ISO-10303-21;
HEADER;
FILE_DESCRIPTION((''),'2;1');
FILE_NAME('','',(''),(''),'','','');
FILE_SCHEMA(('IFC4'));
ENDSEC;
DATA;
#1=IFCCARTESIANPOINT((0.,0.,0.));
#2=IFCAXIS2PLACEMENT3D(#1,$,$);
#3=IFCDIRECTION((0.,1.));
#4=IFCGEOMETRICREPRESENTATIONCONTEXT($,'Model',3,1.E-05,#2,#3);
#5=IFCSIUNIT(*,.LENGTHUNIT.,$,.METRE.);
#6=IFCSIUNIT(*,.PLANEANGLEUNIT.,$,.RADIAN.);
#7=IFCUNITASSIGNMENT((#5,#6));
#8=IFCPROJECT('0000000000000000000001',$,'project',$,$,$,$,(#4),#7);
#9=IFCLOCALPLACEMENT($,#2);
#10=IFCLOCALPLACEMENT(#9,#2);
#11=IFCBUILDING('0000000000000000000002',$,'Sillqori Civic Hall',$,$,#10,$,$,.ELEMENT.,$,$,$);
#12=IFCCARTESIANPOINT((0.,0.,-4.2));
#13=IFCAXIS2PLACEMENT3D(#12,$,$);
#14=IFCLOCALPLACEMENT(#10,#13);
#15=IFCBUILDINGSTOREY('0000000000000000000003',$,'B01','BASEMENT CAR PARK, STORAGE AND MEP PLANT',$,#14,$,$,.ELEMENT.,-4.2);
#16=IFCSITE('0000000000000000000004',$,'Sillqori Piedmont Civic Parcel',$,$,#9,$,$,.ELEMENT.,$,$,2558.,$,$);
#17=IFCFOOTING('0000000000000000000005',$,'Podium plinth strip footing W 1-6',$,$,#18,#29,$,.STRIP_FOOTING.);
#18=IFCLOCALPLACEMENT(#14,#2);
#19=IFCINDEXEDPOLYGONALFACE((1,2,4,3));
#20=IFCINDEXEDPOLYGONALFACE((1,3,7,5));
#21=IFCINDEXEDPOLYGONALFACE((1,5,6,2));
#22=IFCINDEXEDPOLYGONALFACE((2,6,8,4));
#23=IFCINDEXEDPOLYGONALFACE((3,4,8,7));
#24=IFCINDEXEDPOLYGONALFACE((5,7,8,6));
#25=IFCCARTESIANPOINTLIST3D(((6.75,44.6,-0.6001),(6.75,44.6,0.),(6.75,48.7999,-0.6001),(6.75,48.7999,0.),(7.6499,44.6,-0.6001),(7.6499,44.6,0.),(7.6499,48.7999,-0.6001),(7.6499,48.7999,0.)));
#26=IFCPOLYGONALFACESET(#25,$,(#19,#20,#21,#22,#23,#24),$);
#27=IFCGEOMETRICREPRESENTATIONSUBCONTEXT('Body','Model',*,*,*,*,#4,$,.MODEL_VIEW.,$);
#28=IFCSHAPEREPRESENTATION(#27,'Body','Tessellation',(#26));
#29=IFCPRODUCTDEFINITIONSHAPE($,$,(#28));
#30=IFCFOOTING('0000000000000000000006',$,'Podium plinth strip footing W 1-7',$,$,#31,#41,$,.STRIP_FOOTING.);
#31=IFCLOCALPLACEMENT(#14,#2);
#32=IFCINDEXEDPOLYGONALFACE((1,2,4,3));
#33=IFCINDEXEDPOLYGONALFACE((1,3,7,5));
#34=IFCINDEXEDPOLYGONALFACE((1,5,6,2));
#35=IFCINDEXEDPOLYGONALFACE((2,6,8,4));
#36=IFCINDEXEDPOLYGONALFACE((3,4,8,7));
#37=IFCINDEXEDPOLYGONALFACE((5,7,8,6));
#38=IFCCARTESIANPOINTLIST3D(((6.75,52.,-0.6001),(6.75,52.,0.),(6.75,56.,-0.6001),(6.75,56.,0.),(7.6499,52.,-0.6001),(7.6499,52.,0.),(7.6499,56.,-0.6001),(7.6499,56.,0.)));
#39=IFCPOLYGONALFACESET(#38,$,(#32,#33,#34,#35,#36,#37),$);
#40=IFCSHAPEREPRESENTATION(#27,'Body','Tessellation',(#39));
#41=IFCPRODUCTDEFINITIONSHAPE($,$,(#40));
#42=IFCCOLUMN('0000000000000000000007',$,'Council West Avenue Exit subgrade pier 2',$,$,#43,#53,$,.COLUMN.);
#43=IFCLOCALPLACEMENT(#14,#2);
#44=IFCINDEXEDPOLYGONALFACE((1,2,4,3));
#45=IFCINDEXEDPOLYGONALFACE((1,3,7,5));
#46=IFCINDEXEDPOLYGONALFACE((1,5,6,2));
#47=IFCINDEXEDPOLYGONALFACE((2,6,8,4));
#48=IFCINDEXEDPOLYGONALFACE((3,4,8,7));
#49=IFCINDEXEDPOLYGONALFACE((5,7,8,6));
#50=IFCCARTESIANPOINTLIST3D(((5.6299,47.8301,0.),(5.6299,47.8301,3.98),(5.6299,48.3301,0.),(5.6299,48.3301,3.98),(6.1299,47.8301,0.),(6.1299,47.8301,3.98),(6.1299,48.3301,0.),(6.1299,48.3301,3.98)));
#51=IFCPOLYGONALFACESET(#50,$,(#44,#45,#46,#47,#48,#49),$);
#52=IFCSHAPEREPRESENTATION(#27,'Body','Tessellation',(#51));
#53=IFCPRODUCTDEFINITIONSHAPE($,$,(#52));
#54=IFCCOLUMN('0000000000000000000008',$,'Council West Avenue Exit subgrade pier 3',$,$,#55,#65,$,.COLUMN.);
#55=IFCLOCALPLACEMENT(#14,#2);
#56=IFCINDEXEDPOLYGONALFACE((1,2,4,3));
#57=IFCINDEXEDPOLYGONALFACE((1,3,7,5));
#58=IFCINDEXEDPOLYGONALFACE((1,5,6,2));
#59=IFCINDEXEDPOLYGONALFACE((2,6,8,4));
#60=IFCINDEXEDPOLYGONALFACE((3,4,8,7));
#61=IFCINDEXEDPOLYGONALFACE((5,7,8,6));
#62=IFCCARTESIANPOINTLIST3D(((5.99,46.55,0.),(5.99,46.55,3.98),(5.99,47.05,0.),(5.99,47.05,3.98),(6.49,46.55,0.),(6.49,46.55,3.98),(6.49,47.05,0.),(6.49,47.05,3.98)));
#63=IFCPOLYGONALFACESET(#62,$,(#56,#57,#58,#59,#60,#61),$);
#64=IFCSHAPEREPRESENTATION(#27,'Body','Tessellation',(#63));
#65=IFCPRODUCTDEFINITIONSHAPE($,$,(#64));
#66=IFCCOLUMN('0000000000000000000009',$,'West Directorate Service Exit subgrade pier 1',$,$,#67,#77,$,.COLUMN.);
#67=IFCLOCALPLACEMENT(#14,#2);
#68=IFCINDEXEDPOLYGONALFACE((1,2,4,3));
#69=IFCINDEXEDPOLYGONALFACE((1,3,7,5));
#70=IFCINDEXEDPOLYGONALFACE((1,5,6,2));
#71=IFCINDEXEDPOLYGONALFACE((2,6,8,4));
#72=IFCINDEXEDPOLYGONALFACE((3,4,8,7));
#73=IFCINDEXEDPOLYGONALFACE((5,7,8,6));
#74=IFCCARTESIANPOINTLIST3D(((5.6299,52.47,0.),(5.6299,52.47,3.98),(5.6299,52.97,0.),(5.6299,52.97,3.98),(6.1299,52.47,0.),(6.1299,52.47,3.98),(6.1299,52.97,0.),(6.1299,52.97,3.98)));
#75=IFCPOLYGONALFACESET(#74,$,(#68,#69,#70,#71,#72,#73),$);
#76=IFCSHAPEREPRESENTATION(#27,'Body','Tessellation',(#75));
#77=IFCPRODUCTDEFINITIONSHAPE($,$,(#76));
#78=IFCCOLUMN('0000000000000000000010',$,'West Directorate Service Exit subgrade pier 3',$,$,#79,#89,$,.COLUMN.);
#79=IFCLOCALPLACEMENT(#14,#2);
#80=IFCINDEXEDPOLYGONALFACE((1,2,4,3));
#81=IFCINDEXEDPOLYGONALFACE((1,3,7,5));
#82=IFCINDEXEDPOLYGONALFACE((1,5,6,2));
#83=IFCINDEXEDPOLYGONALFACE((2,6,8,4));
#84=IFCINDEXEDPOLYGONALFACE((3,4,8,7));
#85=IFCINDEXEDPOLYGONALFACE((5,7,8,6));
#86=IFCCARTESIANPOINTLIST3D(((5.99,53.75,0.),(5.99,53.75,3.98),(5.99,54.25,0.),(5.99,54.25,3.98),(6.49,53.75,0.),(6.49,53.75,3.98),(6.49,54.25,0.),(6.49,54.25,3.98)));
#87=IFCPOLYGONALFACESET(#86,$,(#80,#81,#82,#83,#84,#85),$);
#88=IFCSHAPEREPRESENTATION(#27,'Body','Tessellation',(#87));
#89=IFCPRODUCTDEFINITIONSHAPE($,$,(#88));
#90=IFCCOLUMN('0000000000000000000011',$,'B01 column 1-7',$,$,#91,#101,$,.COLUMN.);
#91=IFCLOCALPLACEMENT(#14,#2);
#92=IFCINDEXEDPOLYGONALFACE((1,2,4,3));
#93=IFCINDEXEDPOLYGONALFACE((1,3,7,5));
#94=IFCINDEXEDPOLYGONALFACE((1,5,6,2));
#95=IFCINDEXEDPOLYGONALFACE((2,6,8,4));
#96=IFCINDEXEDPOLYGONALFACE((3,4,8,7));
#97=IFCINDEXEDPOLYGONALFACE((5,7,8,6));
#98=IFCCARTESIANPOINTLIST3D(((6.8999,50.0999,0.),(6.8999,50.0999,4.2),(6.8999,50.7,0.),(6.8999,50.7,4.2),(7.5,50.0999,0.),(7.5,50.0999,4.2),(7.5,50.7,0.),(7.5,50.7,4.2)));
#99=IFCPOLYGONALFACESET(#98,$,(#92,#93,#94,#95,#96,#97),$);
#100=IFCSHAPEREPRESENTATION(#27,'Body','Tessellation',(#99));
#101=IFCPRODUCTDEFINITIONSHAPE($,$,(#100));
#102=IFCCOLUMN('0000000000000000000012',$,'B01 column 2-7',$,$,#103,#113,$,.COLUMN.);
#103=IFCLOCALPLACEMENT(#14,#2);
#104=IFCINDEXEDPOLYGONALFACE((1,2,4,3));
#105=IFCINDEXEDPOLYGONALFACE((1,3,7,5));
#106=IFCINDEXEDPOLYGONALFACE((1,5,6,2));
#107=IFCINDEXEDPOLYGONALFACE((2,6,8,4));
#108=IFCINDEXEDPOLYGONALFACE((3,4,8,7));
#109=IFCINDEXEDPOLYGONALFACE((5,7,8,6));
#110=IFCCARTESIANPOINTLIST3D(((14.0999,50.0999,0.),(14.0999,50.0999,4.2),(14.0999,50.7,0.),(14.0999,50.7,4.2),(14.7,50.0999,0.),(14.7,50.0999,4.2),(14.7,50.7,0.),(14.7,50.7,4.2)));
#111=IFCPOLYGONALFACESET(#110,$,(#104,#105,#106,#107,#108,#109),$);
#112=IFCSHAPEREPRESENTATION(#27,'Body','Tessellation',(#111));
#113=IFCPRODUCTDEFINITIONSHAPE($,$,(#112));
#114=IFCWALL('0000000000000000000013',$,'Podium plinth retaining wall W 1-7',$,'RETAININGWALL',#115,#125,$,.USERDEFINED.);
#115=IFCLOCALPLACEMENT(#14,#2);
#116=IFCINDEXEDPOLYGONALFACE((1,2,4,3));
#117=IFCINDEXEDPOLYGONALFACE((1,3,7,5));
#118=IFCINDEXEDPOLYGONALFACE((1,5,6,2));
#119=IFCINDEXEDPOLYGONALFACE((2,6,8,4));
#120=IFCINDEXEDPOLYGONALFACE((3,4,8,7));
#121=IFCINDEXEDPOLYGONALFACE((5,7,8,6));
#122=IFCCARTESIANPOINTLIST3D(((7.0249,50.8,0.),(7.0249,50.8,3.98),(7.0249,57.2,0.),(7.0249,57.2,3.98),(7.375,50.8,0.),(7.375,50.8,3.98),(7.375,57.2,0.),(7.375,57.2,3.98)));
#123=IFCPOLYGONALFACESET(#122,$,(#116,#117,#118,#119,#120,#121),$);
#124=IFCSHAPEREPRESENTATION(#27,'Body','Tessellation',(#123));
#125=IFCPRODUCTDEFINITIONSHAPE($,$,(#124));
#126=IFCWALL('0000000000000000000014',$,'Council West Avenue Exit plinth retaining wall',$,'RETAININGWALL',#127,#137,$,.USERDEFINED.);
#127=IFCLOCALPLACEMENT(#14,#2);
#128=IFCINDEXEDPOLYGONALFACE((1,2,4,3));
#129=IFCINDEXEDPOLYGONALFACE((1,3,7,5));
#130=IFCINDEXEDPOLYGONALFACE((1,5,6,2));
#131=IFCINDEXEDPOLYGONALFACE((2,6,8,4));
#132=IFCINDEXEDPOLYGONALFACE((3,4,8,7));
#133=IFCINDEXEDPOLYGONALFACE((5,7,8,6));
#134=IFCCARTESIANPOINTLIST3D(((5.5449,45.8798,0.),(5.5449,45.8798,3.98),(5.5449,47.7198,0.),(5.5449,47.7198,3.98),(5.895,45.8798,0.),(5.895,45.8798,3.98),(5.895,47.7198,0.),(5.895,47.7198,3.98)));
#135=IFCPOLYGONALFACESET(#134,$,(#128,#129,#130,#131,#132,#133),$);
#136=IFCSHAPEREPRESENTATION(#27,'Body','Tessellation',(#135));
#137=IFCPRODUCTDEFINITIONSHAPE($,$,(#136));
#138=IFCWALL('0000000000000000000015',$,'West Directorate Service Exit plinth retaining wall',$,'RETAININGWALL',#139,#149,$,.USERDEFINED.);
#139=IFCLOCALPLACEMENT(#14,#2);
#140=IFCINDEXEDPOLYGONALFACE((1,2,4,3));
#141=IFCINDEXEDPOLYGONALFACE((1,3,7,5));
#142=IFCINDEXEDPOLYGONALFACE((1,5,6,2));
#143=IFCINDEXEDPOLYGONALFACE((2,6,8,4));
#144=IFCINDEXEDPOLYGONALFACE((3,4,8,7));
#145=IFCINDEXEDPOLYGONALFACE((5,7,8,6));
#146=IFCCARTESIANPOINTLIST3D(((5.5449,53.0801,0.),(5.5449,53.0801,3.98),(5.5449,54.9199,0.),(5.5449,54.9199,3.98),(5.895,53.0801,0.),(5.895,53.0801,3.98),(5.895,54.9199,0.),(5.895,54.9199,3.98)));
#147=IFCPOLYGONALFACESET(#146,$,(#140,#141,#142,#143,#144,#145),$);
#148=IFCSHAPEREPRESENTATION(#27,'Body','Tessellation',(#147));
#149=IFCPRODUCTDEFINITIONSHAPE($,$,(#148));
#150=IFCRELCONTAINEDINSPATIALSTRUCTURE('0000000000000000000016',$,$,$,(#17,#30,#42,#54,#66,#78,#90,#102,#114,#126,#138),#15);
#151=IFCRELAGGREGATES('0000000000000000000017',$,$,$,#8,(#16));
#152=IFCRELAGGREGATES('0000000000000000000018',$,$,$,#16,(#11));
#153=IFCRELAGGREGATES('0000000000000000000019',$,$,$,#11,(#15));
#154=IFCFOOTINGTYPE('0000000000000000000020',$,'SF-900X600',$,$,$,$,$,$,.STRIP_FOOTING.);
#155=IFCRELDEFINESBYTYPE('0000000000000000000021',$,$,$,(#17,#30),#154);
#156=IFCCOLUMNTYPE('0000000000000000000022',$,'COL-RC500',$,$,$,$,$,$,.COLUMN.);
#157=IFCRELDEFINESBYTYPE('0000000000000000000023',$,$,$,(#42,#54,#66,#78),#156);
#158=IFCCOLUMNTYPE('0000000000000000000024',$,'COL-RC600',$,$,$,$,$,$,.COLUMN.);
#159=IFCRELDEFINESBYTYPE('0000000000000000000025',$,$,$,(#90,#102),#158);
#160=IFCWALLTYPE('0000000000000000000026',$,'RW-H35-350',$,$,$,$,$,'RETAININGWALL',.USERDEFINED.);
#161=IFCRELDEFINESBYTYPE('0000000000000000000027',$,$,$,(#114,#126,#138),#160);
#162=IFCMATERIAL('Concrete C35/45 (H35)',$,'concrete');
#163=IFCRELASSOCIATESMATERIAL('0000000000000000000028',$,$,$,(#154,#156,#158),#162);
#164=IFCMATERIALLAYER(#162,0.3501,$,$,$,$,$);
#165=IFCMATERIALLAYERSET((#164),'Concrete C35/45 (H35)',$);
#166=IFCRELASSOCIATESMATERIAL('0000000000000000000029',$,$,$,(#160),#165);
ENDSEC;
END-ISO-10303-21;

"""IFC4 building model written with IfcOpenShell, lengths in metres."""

from ifc_helpers import new_model, si_unit, direction, frame, frame_2d, origin, origin_2d, place, context, subcontext, project, spatial, rectangle, extrude, material, layer, layer_set, material_profile, profile_set, type_object, element, save


model = new_model("IFC4")

# Units and contexts
model_context = context("Model", 3, precision=1e-05, world=origin(), true_north=direction((0.0, 1.0)))
body_context = subcontext(model_context, "Body", "Model", "MODEL_VIEW")
ifc_project = project(units=[si_unit("LENGTHUNIT", "METRE"), si_unit("PLANEANGLEUNIT", "RADIAN")], contexts=[model_context])

# Site, building, storey
site_placement = place(None, origin())
site = spatial("IfcSite", under=ifc_project, at=site_placement, Name="Sillqori Piedmont Civic Parcel", CompositionType="ELEMENT", RefElevation=2558.0)
building_placement = place(site_placement, origin())
building = spatial("IfcBuilding", under=site, at=building_placement, Name="Sillqori Civic Hall", CompositionType="ELEMENT")
storey_placement = place(building_placement, frame((0.0, 0.0, -4.2)))
storey = spatial("IfcBuildingStorey", under=building, at=storey_placement, Name="B01", Description="BASEMENT CAR PARK, STORAGE AND MEP PLANT", CompositionType="ELEMENT", Elevation=-4.2)

# Shared definitions
ifc_material = material(Name="Concrete C35/45 (H35)", Category="concrete")

# Footings
footing_type_1 = type_object("IfcFootingType", Name="SF-900X600", PredefinedType="STRIP_FOOTING", material=ifc_material)
footing_1_placement = place(storey_placement, frame((7.2, 46.7, -0.6001), z_axis=(0.0, 0.0, 1.0), x_axis=(1.0, 0.0, 0.0)))
element("IfcFooting", 1, at=footing_1_placement, inside=storey, type_object=footing_type_1, Name="Podium plinth strip footing W 1-6", PredefinedType="STRIP_FOOTING", context=body_context, shape_type="SweptSolid", body=[
    extrude(rectangle(XDim=0.8999, YDim=4.2, at=origin_2d()), origin(), (0.0, 0.0, 1.0), 0.6001),
])
footing_2_placement = place(storey_placement, frame((7.2, 54.0, -0.6001), z_axis=(0.0, 0.0, 1.0), x_axis=(1.0, 0.0, 0.0)))
element("IfcFooting", 2, at=footing_2_placement, inside=storey, type_object=footing_type_1, Name="Podium plinth strip footing W 1-7", PredefinedType="STRIP_FOOTING", context=body_context, shape_type="SweptSolid", body=[
    extrude(rectangle(XDim=0.8999, YDim=4.0, at=origin_2d()), origin(), (0.0, 0.0, 1.0), 0.6001),
])

# Columns
ifc_material_profile_1 = material_profile(ifc_material, rectangle(XDim=0.5, YDim=0.5, at=origin_2d()), Name="RC 500x500")
ifc_profile_set_1 = profile_set([ifc_material_profile_1], Name="Concrete C35/45 (H35)")
column_type_1 = type_object("IfcColumnType", Name="COL-RC500", PredefinedType="COLUMN", material=ifc_profile_set_1)
for number, where, z_axis, x_axis, name in (
    (3, (5.8799, 48.0801, 0.0), (0.0, 0.0, 1.0), (1.0, 0.0, 0.0), "Council West Avenue Exit subgrade pier 2"),
    (4, (6.24, 46.8, 0.0), (0.0, 0.0, 1.0), (1.0, 0.0, 0.0), "Council West Avenue Exit subgrade pier 3"),
    (5, (5.8799, 52.72, 0.0), (0.0, 0.0, 1.0), (1.0, 0.0, 0.0), "West Directorate Service Exit subgrade pier 1"),
    (6, (6.24, 54.0, 0.0), (0.0, 0.0, 1.0), (1.0, 0.0, 0.0), "West Directorate Service Exit subgrade pier 3"),
):
    element("IfcColumn", number, at=place(storey_placement, frame(where, z_axis=z_axis, x_axis=x_axis)), inside=storey, type_object=column_type_1, Name=name, PredefinedType="COLUMN", context=body_context, shape_type="SweptSolid", body=[
        extrude(rectangle(XDim=0.5, YDim=0.5, at=origin_2d()), origin(), (0.0, 0.0, 1.0), 3.98),
    ])
ifc_material_profile_2 = material_profile(ifc_material, rectangle(XDim=0.6001, YDim=0.6001, at=origin_2d()), Name="RC 600x600")
ifc_profile_set_2 = profile_set([ifc_material_profile_2], Name="Concrete C35/45 (H35)")
column_type_2 = type_object("IfcColumnType", Name="COL-RC600", PredefinedType="COLUMN", material=ifc_profile_set_2)
for number, where, z_axis, x_axis, name in (
    (7, (7.2, 50.3999, 0.0), (0.0, 0.0, 1.0), (1.0, 0.0, 0.0), "B01 column 1-7"),
    (8, (14.3999, 50.3999, 0.0), (0.0, 0.0, 1.0), (1.0, 0.0, 0.0), "B01 column 2-7"),
):
    element("IfcColumn", number, at=place(storey_placement, frame(where, z_axis=z_axis, x_axis=x_axis)), inside=storey, type_object=column_type_2, Name=name, PredefinedType="COLUMN", context=body_context, shape_type="SweptSolid", body=[
        extrude(rectangle(XDim=0.6001, YDim=0.6001, at=origin_2d()), origin(), (0.0, 0.0, 1.0), 4.2),
    ])

# Walls
ifc_layer = layer(ifc_material, 0.3501)
ifc_layer_set = layer_set([ifc_layer], Name="Concrete C35/45 (H35)")
wall_type = type_object("IfcWallType", Name="RW-H35-350", ElementType="RETAININGWALL", PredefinedType="USERDEFINED", material=ifc_layer_set)
wall_1_placement = place(storey_placement, frame((7.2, 50.8, 0.0), z_axis=(0.0, 0.0, 1.0), x_axis=(0.0, 1.0, 0.0)))
element("IfcWall", 9, at=wall_1_placement, inside=storey, type_object=wall_type, Name="Podium plinth retaining wall W 1-7", ObjectType="RETAININGWALL", PredefinedType="USERDEFINED", context=body_context, shape_type="SweptSolid", body=[
    extrude(rectangle(XDim=6.3999, YDim=0.3501, at=frame_2d((3.2, 0.0))), origin(), (0.0, 0.0, 1.0), 3.98),
])
wall_2_placement = place(storey_placement, frame((5.72, 45.8799, 0.0), z_axis=(0.0, 0.0, 1.0), x_axis=(0.0, 1.0, 0.0)))
element("IfcWall", 10, at=wall_2_placement, inside=storey, type_object=wall_type, Name="Council West Avenue Exit plinth retaining wall", ObjectType="RETAININGWALL", PredefinedType="USERDEFINED", context=body_context, shape_type="SweptSolid", body=[
    extrude(rectangle(XDim=1.8401, YDim=0.3501, at=frame_2d((0.9199, 0.0))), origin(), (0.0, 0.0, 1.0), 3.98),
])
wall_3_placement = place(storey_placement, frame((5.72, 53.0801, 0.0), z_axis=(0.0, 0.0, 1.0), x_axis=(0.0, 1.0, 0.0)))
element("IfcWall", 11, at=wall_3_placement, inside=storey, type_object=wall_type, Name="West Directorate Service Exit plinth retaining wall", ObjectType="RETAININGWALL", PredefinedType="USERDEFINED", context=body_context, shape_type="SweptSolid", body=[
    extrude(rectangle(XDim=1.8398, YDim=0.3501, at=frame_2d((0.9199, 0.0))), origin(), (0.0, 0.0, 1.0), 3.98),
])

save(model, "model.ifc")
